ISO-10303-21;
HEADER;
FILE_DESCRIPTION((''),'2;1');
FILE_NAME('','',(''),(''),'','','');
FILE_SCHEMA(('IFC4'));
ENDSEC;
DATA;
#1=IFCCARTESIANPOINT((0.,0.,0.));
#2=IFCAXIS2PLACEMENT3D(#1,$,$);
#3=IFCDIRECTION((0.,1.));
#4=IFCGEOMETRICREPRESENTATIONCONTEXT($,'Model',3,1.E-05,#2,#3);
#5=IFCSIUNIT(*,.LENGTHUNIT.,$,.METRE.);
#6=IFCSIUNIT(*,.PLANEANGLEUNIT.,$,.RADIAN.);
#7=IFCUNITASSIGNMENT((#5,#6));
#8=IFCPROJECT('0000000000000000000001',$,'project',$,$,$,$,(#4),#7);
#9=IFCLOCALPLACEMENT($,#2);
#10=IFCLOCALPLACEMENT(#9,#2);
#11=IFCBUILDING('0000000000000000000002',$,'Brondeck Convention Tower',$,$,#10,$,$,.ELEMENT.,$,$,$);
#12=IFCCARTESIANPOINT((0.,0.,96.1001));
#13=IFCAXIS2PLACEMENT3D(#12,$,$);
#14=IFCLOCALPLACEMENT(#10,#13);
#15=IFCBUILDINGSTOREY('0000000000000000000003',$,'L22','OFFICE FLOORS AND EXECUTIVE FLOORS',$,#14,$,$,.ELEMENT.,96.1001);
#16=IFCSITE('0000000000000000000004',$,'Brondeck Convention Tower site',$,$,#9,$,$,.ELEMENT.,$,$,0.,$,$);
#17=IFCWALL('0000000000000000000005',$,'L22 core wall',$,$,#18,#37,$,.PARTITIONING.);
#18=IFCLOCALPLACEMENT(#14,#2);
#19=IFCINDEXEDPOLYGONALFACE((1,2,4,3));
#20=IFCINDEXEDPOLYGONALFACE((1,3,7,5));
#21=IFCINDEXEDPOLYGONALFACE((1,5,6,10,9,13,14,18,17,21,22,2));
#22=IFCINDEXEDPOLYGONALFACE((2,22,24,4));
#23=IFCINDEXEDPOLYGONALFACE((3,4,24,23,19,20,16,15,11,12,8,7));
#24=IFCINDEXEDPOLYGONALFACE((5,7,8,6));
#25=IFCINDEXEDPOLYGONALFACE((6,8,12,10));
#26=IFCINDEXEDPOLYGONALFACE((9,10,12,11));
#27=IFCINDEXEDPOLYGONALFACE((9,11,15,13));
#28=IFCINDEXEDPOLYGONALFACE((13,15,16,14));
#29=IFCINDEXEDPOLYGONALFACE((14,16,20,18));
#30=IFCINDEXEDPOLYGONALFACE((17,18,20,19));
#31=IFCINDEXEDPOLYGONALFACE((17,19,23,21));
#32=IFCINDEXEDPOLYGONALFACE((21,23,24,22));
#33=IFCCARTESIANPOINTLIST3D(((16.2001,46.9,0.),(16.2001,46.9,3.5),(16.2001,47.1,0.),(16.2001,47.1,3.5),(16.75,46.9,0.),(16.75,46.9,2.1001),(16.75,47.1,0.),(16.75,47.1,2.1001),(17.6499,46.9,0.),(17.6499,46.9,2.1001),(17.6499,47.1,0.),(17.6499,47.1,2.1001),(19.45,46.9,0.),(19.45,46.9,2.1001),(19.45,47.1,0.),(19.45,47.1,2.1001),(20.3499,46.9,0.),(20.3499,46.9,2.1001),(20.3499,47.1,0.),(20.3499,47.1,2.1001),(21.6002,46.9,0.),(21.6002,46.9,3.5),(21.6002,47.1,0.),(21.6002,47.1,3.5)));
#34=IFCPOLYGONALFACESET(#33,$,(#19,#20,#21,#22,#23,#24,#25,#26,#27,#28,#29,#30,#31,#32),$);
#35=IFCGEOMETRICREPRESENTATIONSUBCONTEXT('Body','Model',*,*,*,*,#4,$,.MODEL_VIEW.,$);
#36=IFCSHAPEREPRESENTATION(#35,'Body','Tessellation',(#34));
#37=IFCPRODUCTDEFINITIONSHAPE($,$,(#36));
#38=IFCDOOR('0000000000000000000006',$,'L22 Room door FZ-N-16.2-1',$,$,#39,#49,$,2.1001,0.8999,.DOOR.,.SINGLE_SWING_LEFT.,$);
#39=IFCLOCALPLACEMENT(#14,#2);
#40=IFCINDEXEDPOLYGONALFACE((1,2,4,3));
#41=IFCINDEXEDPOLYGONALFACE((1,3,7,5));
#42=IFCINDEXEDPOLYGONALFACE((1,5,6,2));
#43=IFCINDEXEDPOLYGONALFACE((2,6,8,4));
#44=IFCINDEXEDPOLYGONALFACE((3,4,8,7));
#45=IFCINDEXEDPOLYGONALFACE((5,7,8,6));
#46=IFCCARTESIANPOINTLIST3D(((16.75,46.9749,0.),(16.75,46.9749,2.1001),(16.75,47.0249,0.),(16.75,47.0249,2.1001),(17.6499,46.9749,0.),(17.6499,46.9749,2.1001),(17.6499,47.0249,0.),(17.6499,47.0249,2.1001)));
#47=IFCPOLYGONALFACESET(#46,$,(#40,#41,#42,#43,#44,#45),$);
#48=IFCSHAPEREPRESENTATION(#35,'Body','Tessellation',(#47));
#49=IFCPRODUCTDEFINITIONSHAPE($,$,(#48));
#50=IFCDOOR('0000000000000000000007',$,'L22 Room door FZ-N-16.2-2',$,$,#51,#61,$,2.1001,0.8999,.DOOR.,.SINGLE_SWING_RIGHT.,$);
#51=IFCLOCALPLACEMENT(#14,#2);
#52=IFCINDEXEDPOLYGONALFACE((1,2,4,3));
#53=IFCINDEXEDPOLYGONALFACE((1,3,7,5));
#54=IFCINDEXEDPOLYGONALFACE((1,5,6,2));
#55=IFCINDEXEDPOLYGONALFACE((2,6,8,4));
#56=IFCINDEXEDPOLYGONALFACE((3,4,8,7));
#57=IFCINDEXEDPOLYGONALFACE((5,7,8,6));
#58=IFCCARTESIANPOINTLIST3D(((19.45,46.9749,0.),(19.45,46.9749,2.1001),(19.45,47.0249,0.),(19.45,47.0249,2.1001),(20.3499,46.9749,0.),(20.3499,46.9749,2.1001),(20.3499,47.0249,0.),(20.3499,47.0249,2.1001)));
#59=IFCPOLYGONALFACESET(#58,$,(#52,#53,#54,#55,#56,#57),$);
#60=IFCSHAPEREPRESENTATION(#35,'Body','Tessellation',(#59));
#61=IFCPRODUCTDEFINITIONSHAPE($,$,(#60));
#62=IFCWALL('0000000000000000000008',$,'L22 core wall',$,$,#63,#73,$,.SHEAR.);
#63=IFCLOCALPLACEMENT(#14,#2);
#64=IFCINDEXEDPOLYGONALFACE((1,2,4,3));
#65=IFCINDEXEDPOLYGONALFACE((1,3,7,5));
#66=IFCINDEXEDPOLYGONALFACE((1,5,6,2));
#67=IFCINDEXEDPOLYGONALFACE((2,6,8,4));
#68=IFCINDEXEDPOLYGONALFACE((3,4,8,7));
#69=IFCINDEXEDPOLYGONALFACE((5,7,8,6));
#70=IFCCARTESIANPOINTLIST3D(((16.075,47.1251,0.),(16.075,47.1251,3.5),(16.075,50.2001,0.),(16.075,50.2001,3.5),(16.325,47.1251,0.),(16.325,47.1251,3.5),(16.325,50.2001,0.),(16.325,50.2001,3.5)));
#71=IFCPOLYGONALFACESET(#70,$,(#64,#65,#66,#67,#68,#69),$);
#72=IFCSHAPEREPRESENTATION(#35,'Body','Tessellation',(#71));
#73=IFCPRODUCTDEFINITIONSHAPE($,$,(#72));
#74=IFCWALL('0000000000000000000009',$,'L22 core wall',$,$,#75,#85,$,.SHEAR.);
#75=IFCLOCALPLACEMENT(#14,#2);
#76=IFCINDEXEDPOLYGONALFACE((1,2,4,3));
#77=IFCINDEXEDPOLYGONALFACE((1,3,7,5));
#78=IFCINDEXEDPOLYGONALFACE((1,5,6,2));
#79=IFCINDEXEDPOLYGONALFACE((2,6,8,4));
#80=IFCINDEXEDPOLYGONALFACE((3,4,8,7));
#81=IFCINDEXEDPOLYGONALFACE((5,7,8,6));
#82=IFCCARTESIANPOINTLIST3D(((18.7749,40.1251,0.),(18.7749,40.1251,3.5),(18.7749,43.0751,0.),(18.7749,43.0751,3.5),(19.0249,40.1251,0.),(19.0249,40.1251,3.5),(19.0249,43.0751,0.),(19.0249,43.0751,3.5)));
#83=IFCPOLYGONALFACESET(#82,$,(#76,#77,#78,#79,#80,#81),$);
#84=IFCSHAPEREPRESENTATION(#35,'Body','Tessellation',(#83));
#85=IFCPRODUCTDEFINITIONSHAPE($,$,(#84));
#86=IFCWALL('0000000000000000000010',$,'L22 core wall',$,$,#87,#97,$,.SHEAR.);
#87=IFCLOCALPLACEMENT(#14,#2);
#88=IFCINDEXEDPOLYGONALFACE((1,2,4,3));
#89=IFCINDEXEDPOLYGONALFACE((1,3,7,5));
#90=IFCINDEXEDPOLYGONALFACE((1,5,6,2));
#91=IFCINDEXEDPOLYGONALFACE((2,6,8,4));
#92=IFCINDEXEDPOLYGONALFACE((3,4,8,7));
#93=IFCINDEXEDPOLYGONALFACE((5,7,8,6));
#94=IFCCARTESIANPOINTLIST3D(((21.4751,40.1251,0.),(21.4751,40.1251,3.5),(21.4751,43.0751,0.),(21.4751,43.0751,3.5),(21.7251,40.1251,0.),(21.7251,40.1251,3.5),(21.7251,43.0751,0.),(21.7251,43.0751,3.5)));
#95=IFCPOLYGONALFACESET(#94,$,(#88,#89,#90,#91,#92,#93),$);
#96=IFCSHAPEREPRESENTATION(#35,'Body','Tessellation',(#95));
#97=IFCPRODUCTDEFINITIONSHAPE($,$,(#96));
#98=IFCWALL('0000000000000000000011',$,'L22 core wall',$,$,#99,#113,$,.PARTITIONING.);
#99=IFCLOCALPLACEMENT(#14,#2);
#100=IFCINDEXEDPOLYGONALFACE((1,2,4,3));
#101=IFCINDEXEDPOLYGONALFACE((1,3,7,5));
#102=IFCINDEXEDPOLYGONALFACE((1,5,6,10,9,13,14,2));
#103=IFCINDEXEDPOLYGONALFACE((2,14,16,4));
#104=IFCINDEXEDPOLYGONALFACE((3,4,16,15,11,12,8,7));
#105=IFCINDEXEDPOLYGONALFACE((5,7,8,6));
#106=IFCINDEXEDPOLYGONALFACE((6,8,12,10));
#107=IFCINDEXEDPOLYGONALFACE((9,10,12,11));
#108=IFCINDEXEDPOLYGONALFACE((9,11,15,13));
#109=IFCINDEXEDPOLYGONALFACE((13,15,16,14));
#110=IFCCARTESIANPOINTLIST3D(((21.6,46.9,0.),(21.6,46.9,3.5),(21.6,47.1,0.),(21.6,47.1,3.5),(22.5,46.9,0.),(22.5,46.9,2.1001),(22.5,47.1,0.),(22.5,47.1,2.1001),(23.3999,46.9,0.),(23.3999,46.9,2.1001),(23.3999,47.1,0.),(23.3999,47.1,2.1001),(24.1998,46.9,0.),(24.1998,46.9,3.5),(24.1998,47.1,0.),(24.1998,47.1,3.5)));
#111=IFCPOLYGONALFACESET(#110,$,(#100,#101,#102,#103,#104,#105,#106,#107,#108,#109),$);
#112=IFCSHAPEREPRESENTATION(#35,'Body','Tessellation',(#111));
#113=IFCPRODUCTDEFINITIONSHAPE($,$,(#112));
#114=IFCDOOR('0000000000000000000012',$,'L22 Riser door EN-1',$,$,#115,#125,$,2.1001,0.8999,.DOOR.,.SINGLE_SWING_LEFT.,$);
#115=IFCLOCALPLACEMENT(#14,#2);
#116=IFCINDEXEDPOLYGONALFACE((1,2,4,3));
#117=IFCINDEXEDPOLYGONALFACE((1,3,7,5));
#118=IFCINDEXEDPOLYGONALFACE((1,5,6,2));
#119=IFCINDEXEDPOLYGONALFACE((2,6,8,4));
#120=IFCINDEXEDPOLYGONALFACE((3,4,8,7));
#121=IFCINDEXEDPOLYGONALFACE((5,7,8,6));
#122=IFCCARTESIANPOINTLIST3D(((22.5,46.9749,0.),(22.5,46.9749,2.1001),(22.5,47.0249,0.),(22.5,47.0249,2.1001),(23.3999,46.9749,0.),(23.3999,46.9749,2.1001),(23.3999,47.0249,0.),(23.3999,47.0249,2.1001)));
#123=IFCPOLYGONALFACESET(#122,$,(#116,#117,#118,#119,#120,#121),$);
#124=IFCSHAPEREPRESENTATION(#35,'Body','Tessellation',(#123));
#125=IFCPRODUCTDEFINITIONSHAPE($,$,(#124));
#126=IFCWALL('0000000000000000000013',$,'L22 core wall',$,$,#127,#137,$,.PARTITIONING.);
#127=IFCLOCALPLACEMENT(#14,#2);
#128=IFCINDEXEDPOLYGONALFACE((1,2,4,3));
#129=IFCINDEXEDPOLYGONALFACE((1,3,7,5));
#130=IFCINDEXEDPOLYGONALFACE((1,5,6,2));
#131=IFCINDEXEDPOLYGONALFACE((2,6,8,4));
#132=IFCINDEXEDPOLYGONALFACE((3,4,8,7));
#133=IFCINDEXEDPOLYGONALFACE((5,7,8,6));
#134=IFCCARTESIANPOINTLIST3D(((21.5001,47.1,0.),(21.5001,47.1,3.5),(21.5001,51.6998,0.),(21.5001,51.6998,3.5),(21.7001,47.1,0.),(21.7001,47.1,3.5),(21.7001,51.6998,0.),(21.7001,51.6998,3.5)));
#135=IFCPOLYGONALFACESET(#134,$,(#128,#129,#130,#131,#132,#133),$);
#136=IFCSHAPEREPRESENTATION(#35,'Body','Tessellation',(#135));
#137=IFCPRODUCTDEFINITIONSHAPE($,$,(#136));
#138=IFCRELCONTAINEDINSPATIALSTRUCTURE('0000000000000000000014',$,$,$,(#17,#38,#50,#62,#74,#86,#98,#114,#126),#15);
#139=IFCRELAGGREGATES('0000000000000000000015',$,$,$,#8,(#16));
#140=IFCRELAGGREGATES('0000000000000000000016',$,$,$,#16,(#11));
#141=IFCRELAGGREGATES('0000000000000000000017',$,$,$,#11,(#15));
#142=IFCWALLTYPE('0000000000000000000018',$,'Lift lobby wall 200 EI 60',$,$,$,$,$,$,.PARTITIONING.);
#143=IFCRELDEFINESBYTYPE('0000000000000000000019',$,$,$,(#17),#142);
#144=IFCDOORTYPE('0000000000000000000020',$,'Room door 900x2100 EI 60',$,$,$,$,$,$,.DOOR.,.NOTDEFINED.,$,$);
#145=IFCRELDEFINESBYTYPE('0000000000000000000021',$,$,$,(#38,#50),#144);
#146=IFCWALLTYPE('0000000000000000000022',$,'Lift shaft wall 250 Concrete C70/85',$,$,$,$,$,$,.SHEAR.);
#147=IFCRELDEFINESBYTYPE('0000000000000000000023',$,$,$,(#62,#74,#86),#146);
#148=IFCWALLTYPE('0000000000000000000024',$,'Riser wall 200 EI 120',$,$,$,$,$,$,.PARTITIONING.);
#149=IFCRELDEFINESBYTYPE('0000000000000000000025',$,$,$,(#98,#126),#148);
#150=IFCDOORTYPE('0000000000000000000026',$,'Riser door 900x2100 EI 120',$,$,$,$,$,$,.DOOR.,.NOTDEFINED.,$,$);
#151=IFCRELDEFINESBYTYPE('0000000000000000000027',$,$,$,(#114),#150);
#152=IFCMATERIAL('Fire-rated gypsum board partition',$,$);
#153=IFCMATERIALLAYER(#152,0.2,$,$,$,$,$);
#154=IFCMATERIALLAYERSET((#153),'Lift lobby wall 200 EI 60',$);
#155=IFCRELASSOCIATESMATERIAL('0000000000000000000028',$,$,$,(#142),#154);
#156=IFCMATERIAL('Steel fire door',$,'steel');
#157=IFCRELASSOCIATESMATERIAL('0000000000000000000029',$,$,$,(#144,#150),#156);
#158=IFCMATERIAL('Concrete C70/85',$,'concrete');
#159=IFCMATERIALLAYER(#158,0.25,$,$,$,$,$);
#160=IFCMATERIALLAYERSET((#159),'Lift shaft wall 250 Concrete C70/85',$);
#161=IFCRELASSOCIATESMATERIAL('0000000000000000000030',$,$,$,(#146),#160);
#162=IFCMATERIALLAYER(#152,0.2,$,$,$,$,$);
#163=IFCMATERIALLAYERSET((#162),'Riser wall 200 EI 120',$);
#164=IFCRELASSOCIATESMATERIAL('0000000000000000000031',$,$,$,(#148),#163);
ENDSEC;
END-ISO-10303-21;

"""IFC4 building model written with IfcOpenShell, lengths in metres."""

from ifc_helpers import new_model, si_unit, direction, frame, frame_2d, origin, place, context, subcontext, project, spatial, rectangle, extrude, material, layer, layer_set, type_object, element, fill, save


model = new_model("IFC4")

# Units and contexts
model_context = context("Model", 3, precision=1e-05, world=origin(), true_north=direction((0.0, 1.0)))
body_context = subcontext(model_context, "Body", "Model", "MODEL_VIEW")
ifc_project = project(units=[si_unit("LENGTHUNIT", "METRE"), si_unit("PLANEANGLEUNIT", "RADIAN")], contexts=[model_context])

# Site, building, storey
site_placement = place(None, origin())
site = spatial("IfcSite", under=ifc_project, at=site_placement, Name="Brondeck Convention Tower site", CompositionType="ELEMENT", RefElevation=0.0)
building_placement = place(site_placement, origin())
building = spatial("IfcBuilding", under=site, at=building_placement, Name="Brondeck Convention Tower", CompositionType="ELEMENT")
storey_placement = place(building_placement, frame((0.0, 0.0, 96.1001)))
storey = spatial("IfcBuildingStorey", under=building, at=storey_placement, Name="L22", Description="OFFICE FLOORS AND EXECUTIVE FLOORS", CompositionType="ELEMENT", Elevation=96.1001)

# Shared definitions
ifc_material_1 = material(Name="Fire-rated gypsum board partition")

# Shared definitions
ifc_layer_1 = layer(ifc_material_1, 0.2)
ifc_layer_set_1 = layer_set([ifc_layer_1], Name="Lift lobby wall 200 EI 60")
wall_type_1 = type_object("IfcWallType", Name="Lift lobby wall 200 EI 60", PredefinedType="PARTITIONING", material=ifc_layer_set_1)
ifc_material_2 = material(Name="Steel fire door", Category="steel")
door_type_1 = type_object("IfcDoorType", Name="Room door 900x2100 EI 60", OperationType="NOTDEFINED", PredefinedType="DOOR", material=ifc_material_2)

# Wall, openings, doors
wall_1_placement = place(storey_placement, frame((16.2, 47.0, 0.0), z_axis=(0.0, 0.0, 1.0), x_axis=(1.0, 0.0, 0.0)))
wall_1 = element("IfcWall", 1, at=wall_1_placement, inside=storey, type_object=wall_type_1, Name="L22 core wall", PredefinedType="PARTITIONING", context=body_context, shape_type="SweptSolid", body=[
    extrude(rectangle(XDim=5.4001, YDim=0.2, at=frame_2d((2.7002, 0.0))), origin(), (0.0, 0.0, 1.0), 3.5),
])
opening_1_placement = place(wall_1_placement, frame((0.55, 0.0, 0.0)))
opening_1 = element("IfcOpeningElement", 2, at=opening_1_placement, cuts=wall_1, PredefinedType="OPENING", context=body_context, shape_type="SweptSolid", body=[
    extrude(rectangle(XDim=0.8999, YDim=2.1001, at=frame_2d((0.45, 1.05))), frame((0.0, 0.1099, 0.0), z_axis=(0.0, -1.0, 0.0), x_axis=(1.0, 0.0, 0.0)), (0.0, 0.0, 1.0), 0.22),
])
opening_2_placement = place(wall_1_placement, frame((3.25, 0.0, 0.0)))
opening_2 = element("IfcOpeningElement", 3, at=opening_2_placement, cuts=wall_1, PredefinedType="OPENING", context=body_context, shape_type="SweptSolid", body=[
    extrude(rectangle(XDim=0.8999, YDim=2.1001, at=frame_2d((0.45, 1.05))), frame((0.0, 0.1099, 0.0), z_axis=(0.0, -1.0, 0.0), x_axis=(1.0, 0.0, 0.0)), (0.0, 0.0, 1.0), 0.22),
])
door_1_placement = place(opening_1_placement, origin())
door_1 = element("IfcDoor", 4, at=door_1_placement, inside=storey, type_object=door_type_1, Name="L22 Room door FZ-N-16.2-1", OperationType="SINGLE_SWING_LEFT", OverallHeight=2.1001, OverallWidth=0.8999, PredefinedType="DOOR", context=body_context, shape_type="SweptSolid", body=[
    extrude(rectangle(XDim=0.8999, YDim=2.1001, at=frame_2d((0.45, 1.05))), frame((0.0, 0.0249, 0.0), z_axis=(0.0, -1.0, 0.0), x_axis=(1.0, 0.0, 0.0)), (0.0, 0.0, 1.0), 0.05),
])
fill(opening_1, door_1)
door_2_placement = place(opening_2_placement, origin())
door_2 = element("IfcDoor", 5, at=door_2_placement, inside=storey, type_object=door_type_1, Name="L22 Room door FZ-N-16.2-2", OperationType="SINGLE_SWING_RIGHT", OverallHeight=2.1001, OverallWidth=0.8999, PredefinedType="DOOR", context=body_context, shape_type="SweptSolid", body=[
    extrude(rectangle(XDim=0.8999, YDim=2.1001, at=frame_2d((0.45, 1.05))), frame((0.0, 0.0249, 0.0), z_axis=(0.0, -1.0, 0.0), x_axis=(1.0, 0.0, 0.0)), (0.0, 0.0, 1.0), 0.05),
])
fill(opening_2, door_2)

# Walls
ifc_material_3 = material(Name="Concrete C70/85", Category="concrete")
ifc_layer_2 = layer(ifc_material_3, 0.25)
ifc_layer_set_2 = layer_set([ifc_layer_2], Name="Lift shaft wall 250 Concrete C70/85")
wall_type_2 = type_object("IfcWallType", Name="Lift shaft wall 250 Concrete C70/85", PredefinedType="SHEAR", material=ifc_layer_set_2)
wall_2_placement = place(storey_placement, frame((16.2, 47.125, 0.0), z_axis=(0.0, 0.0, 1.0), x_axis=(0.0, 1.0, 0.0)))
element("IfcWall", 6, at=wall_2_placement, inside=storey, type_object=wall_type_2, Name="L22 core wall", PredefinedType="SHEAR", context=body_context, shape_type="SweptSolid", body=[
    extrude(rectangle(XDim=3.075, YDim=0.25, at=frame_2d((1.5376, 0.0))), origin(), (0.0, 0.0, 1.0), 3.5),
])
for number, where, z_axis, x_axis, name in (
    (7, (18.8999, 40.125, 0.0), (0.0, 0.0, 1.0), (0.0, 1.0, 0.0), "L22 core wall"),
    (8, (21.6001, 40.125, 0.0), (0.0, 0.0, 1.0), (0.0, 1.0, 0.0), "L22 core wall"),
):
    element("IfcWall", number, at=place(storey_placement, frame(where, z_axis=z_axis, x_axis=x_axis)), inside=storey, type_object=wall_type_2, Name=name, PredefinedType="SHEAR", context=body_context, shape_type="SweptSolid", body=[
        extrude(rectangle(XDim=2.95, YDim=0.25, at=frame_2d((1.4751, 0.0))), origin(), (0.0, 0.0, 1.0), 3.5),
    ])

# Wall, opening, door
ifc_layer_3 = layer(ifc_material_1, 0.2)
ifc_layer_set_3 = layer_set([ifc_layer_3], Name="Riser wall 200 EI 120")
wall_type_3 = type_object("IfcWallType", Name="Riser wall 200 EI 120", PredefinedType="PARTITIONING", material=ifc_layer_set_3)
wall_3_placement = place(storey_placement, frame((21.6001, 47.0, 0.0), z_axis=(0.0, 0.0, 1.0), x_axis=(1.0, 0.0, 0.0)))
wall_3 = element("IfcWall", 9, at=wall_3_placement, inside=storey, type_object=wall_type_3, Name="L22 core wall", PredefinedType="PARTITIONING", context=body_context, shape_type="SweptSolid", body=[
    extrude(rectangle(XDim=2.5999, YDim=0.2, at=frame_2d((1.2998, 0.0))), origin(), (0.0, 0.0, 1.0), 3.5),
])
opening_3_placement = place(wall_3_placement, frame((0.8999, 0.0, 0.0)))
opening_3 = element("IfcOpeningElement", 10, at=opening_3_placement, cuts=wall_3, PredefinedType="OPENING", context=body_context, shape_type="SweptSolid", body=[
    extrude(rectangle(XDim=0.8999, YDim=2.1001, at=frame_2d((0.45, 1.05))), frame((0.0, 0.1099, 0.0), z_axis=(0.0, -1.0, 0.0), x_axis=(1.0, 0.0, 0.0)), (0.0, 0.0, 1.0), 0.22),
])
door_type_2 = type_object("IfcDoorType", Name="Riser door 900x2100 EI 120", OperationType="NOTDEFINED", PredefinedType="DOOR", material=ifc_material_2)
door_3_placement = place(opening_3_placement, origin())
door_3 = element("IfcDoor", 11, at=door_3_placement, inside=storey, type_object=door_type_2, Name="L22 Riser door EN-1", OperationType="SINGLE_SWING_LEFT", OverallHeight=2.1001, OverallWidth=0.8999, PredefinedType="DOOR", context=body_context, shape_type="SweptSolid", body=[
    extrude(rectangle(XDim=0.8999, YDim=2.1001, at=frame_2d((0.45, 1.05))), frame((0.0, 0.0249, 0.0), z_axis=(0.0, -1.0, 0.0), x_axis=(1.0, 0.0, 0.0)), (0.0, 0.0, 1.0), 0.05),
])
fill(opening_3, door_3)

# Wall
wall_4_placement = place(storey_placement, frame((21.6001, 47.1001, 0.0), z_axis=(0.0, 0.0, 1.0), x_axis=(0.0, 1.0, 0.0)))
element("IfcWall", 12, at=wall_4_placement, inside=storey, type_object=wall_type_3, Name="L22 core wall", PredefinedType="PARTITIONING", context=body_context, shape_type="SweptSolid", body=[
    extrude(rectangle(XDim=4.5999, YDim=0.2, at=frame_2d((2.2998, 0.0))), origin(), (0.0, 0.0, 1.0), 3.5),
])

save(model, "model.ifc")
